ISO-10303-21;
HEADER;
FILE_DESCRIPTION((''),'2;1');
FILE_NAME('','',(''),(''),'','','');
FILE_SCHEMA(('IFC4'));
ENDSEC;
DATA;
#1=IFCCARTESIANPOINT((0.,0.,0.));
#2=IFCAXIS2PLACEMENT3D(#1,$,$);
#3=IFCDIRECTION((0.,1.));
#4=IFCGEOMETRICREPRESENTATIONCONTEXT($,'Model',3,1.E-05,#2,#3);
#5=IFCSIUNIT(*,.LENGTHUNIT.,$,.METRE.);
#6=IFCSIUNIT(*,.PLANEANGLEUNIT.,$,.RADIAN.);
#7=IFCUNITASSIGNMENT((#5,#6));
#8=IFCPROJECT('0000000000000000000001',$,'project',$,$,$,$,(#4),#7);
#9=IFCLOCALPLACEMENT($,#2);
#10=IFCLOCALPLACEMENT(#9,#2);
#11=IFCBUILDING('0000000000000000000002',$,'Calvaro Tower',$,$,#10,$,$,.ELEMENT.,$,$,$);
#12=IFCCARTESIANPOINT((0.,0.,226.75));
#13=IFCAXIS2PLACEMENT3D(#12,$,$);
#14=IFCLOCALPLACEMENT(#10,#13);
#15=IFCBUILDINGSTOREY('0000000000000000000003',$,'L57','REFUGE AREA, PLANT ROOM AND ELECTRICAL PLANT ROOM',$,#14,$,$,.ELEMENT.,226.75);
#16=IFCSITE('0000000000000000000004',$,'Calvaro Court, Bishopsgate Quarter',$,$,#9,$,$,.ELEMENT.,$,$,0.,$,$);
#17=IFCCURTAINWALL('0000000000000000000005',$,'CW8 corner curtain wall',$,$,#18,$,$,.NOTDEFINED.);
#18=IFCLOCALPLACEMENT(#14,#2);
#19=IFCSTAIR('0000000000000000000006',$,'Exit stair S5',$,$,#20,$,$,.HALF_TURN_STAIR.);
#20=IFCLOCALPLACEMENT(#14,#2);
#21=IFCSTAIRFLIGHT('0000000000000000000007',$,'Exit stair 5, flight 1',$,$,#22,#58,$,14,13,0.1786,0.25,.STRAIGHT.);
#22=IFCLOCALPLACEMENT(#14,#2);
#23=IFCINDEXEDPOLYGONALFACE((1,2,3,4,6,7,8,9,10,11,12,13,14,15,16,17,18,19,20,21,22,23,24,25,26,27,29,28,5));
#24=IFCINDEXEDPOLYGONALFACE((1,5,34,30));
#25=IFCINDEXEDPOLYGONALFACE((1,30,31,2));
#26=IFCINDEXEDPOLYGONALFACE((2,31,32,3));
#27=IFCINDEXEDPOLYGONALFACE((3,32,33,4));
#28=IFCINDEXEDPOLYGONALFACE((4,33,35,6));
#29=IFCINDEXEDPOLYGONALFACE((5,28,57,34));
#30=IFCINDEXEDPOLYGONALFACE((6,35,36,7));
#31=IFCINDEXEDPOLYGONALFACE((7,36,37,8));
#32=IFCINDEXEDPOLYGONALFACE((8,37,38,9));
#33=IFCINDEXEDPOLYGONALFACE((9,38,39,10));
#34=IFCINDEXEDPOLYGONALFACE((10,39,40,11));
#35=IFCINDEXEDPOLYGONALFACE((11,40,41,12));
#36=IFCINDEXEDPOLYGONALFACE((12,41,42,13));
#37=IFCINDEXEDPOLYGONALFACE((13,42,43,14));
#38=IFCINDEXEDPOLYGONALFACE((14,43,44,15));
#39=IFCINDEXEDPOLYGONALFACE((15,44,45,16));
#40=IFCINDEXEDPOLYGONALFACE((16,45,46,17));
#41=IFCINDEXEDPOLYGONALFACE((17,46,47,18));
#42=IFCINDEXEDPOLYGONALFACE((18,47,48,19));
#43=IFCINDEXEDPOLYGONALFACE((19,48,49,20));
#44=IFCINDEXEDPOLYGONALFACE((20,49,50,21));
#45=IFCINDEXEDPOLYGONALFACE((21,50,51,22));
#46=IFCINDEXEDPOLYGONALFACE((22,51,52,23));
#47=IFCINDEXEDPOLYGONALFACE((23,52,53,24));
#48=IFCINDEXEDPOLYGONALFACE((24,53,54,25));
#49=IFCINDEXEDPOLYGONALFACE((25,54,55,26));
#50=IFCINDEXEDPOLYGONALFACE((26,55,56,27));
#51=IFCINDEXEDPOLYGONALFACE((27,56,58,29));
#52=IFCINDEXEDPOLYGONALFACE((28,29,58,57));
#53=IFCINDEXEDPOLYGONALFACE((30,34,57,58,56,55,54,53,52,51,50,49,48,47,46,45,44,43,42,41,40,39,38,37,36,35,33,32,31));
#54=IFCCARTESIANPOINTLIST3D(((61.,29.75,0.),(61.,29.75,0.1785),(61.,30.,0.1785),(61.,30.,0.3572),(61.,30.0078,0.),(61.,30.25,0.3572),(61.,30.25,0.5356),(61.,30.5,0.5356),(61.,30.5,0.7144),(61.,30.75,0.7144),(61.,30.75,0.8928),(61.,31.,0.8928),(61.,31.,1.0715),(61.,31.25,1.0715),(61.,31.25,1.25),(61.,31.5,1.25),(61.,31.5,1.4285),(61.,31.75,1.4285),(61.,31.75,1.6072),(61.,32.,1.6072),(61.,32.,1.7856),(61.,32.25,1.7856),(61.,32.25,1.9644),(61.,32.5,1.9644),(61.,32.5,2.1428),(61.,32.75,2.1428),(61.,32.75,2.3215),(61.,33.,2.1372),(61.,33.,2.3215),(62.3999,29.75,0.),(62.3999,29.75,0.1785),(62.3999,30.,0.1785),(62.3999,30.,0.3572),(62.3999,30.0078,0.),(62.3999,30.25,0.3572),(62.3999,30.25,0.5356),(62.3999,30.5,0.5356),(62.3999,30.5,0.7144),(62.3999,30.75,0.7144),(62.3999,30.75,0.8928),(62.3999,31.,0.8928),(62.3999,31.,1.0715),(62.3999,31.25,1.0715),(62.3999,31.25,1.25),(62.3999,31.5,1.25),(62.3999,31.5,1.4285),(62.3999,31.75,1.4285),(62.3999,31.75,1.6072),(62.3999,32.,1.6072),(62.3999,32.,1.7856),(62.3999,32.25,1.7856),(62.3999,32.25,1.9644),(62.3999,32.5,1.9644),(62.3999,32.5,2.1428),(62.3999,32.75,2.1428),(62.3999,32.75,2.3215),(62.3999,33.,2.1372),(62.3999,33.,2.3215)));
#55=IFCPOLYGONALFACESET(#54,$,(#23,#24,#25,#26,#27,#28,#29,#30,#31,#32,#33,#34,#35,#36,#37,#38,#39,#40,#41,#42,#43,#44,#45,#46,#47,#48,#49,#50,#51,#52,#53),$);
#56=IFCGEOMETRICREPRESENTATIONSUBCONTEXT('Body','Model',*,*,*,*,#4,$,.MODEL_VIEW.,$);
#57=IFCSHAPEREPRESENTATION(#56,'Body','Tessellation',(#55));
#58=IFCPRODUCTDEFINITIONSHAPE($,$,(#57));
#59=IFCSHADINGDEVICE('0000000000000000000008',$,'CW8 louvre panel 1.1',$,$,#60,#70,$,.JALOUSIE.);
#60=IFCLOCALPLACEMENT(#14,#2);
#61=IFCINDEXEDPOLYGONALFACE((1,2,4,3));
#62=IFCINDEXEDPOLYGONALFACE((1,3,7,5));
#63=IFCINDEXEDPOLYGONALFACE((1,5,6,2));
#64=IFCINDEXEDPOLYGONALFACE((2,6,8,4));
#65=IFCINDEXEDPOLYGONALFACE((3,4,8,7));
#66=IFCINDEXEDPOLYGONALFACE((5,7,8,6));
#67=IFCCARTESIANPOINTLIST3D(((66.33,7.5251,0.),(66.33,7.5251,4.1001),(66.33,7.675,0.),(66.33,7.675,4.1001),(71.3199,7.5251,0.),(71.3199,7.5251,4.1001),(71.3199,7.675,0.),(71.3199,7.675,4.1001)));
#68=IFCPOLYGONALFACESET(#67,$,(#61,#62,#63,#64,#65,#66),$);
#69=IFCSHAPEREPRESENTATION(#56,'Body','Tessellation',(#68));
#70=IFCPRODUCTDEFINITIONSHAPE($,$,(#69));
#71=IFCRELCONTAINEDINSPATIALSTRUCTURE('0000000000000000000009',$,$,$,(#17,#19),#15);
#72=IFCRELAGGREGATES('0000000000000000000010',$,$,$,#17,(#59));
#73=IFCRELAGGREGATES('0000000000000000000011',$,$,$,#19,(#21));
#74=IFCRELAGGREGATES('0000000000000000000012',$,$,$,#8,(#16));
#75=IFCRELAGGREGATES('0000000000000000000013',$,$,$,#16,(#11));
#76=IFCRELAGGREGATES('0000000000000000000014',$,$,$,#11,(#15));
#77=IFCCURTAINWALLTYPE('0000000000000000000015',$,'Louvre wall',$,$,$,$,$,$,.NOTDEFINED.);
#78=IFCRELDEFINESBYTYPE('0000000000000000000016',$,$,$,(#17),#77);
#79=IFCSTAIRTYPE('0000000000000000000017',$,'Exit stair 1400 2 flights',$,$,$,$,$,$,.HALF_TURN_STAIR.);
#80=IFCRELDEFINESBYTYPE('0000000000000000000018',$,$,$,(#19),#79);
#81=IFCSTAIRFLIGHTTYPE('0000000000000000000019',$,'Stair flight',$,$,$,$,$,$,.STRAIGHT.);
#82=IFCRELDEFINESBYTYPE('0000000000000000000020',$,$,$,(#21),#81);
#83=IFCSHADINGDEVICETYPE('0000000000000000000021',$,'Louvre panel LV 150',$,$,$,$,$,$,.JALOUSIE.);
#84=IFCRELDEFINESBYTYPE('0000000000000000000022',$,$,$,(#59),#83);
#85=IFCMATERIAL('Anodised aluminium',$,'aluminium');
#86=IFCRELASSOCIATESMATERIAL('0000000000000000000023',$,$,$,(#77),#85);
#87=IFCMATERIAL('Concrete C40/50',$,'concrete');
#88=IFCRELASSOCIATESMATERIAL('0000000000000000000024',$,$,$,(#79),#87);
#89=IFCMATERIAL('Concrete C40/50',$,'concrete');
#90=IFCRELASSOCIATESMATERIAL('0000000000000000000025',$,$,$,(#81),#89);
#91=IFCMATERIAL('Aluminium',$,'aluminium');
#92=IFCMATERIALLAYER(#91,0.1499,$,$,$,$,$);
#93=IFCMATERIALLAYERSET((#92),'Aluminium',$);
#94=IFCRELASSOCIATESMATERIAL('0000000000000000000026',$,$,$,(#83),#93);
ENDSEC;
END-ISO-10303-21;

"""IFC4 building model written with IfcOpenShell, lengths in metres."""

from ifc_helpers import new_model, si_unit, direction, frame, origin, origin_2d, place, context, subcontext, project, spatial, polyline, rectangle, outline, extrude, material, layer, layer_set, type_object, element, aggregate, save


model = new_model("IFC4")

# Units and contexts
model_context = context("Model", 3, precision=1e-05, world=origin(), true_north=direction((0.0, 1.0)))
body_context = subcontext(model_context, "Body", "Model", "MODEL_VIEW")
ifc_project = project(units=[si_unit("LENGTHUNIT", "METRE"), si_unit("PLANEANGLEUNIT", "RADIAN")], contexts=[model_context])

# Site, building, storey
site_placement = place(None, origin())
site = spatial("IfcSite", under=ifc_project, at=site_placement, Name="Calvaro Court, Bishopsgate Quarter", CompositionType="ELEMENT", RefElevation=0.0)
building_placement = place(site_placement, origin())
building = spatial("IfcBuilding", under=site, at=building_placement, Name="Calvaro Tower", CompositionType="ELEMENT")
storey_placement = place(building_placement, frame((0.0, 0.0, 226.75)))
storey = spatial("IfcBuildingStorey", under=building, at=storey_placement, Name="L57", Description="REFUGE AREA, PLANT ROOM AND ELECTRICAL PLANT ROOM", CompositionType="ELEMENT", Elevation=226.75)

# Curtain wall
ifc_material_1 = material(Name="Anodised aluminium", Category="aluminium")
curtain_wall_type = type_object("IfcCurtainWallType", Name="Louvre wall", PredefinedType="NOTDEFINED", material=ifc_material_1)
curtain_wall_placement = place(storey_placement, origin())
curtain_wall = element("IfcCurtainWall", 1, at=curtain_wall_placement, inside=storey, type_object=curtain_wall_type, Name="CW8 corner curtain wall", PredefinedType="NOTDEFINED")

# Stair, stair flight
ifc_material_2 = material(Name="Concrete C40/50", Category="concrete")
stair_type = type_object("IfcStairType", Name="Exit stair 1400 2 flights", PredefinedType="HALF_TURN_STAIR", material=ifc_material_2)
stair_placement = place(storey_placement, origin())
stair = element("IfcStair", 2, at=stair_placement, inside=storey, type_object=stair_type, Name="Exit stair S5", PredefinedType="HALF_TURN_STAIR")
ifc_material_3 = material(Name="Concrete C40/50", Category="concrete")
stair_flight_type = type_object("IfcStairFlightType", Name="Stair flight", PredefinedType="STRAIGHT", material=ifc_material_3)
stair_flight_placement = place(storey_placement, frame((61.7, 29.75, 0.0), z_axis=(0.0, 0.0, 1.0), x_axis=(0.0, 1.0, 0.0)))
stair_flight = element("IfcStairFlight", 3, at=stair_flight_placement, type_object=stair_flight_type, Name="Exit stair 5, flight 1", NumberOfRisers=14, NumberOfTreads=13, PredefinedType="STRAIGHT", RiserHeight=0.1786, TreadLength=0.25, context=body_context, shape_type="SweptSolid", body=[
    extrude(outline(polyline([(0.0, 0.0), (0.0, 0.1785), (0.25, 0.1785), (0.25, 0.3572), (0.5, 0.3572), (0.5, 0.5356), (0.75, 0.5356), (0.75, 0.7144), (1.0, 0.7144), (1.0, 0.8928), (1.25, 0.8928), (1.25, 1.0715), (1.5, 1.0715), (1.5, 1.25), (1.75, 1.25), (1.75, 1.4285), (2.0, 1.4285), (2.0, 1.6072), (2.25, 1.6072), (2.25, 1.7856), (2.5, 1.7856), (2.5, 1.9644), (2.75, 1.9644), (2.75, 2.1428), (3.0, 2.1428), (3.0, 2.3215), (3.25, 2.3215), (3.25, 2.5), (3.25, 2.1372), (0.2578, 0.0), (0.0, 0.0)])), frame((0.0, 0.7, 0.0), z_axis=(0.0, -1.0, 0.0), x_axis=(1.0, 0.0, 0.0)), (0.0, 0.0, 1.0), 1.3999),
])

# Shading device
ifc_material_4 = material(Name="Aluminium", Category="aluminium")
ifc_layer_1 = layer(ifc_material_4, 0.1499)
ifc_layer_set_1 = layer_set([ifc_layer_1], Name="Aluminium")
shading_device_type = type_object("IfcShadingDeviceType", Name="Louvre panel LV 150", PredefinedType="JALOUSIE", material=ifc_layer_set_1)
shading_device_placement = place(storey_placement, frame((68.825, 7.6001, 0.0), z_axis=(0.0, 0.0, 1.0), x_axis=(1.0, 0.0, 0.0)))
shading_device = element("IfcShadingDevice", 4, at=shading_device_placement, type_object=shading_device_type, Name="CW8 louvre panel 1.1", PredefinedType="JALOUSIE", context=body_context, shape_type="SweptSolid", body=[
    extrude(rectangle(XDim=4.99, YDim=0.1499, at=origin_2d()), origin(), (0.0, 0.0, 1.0), 4.1001),
])
aggregate(curtain_wall, [shading_device])

aggregate(stair, [stair_flight])

save(model, "model.ifc")
